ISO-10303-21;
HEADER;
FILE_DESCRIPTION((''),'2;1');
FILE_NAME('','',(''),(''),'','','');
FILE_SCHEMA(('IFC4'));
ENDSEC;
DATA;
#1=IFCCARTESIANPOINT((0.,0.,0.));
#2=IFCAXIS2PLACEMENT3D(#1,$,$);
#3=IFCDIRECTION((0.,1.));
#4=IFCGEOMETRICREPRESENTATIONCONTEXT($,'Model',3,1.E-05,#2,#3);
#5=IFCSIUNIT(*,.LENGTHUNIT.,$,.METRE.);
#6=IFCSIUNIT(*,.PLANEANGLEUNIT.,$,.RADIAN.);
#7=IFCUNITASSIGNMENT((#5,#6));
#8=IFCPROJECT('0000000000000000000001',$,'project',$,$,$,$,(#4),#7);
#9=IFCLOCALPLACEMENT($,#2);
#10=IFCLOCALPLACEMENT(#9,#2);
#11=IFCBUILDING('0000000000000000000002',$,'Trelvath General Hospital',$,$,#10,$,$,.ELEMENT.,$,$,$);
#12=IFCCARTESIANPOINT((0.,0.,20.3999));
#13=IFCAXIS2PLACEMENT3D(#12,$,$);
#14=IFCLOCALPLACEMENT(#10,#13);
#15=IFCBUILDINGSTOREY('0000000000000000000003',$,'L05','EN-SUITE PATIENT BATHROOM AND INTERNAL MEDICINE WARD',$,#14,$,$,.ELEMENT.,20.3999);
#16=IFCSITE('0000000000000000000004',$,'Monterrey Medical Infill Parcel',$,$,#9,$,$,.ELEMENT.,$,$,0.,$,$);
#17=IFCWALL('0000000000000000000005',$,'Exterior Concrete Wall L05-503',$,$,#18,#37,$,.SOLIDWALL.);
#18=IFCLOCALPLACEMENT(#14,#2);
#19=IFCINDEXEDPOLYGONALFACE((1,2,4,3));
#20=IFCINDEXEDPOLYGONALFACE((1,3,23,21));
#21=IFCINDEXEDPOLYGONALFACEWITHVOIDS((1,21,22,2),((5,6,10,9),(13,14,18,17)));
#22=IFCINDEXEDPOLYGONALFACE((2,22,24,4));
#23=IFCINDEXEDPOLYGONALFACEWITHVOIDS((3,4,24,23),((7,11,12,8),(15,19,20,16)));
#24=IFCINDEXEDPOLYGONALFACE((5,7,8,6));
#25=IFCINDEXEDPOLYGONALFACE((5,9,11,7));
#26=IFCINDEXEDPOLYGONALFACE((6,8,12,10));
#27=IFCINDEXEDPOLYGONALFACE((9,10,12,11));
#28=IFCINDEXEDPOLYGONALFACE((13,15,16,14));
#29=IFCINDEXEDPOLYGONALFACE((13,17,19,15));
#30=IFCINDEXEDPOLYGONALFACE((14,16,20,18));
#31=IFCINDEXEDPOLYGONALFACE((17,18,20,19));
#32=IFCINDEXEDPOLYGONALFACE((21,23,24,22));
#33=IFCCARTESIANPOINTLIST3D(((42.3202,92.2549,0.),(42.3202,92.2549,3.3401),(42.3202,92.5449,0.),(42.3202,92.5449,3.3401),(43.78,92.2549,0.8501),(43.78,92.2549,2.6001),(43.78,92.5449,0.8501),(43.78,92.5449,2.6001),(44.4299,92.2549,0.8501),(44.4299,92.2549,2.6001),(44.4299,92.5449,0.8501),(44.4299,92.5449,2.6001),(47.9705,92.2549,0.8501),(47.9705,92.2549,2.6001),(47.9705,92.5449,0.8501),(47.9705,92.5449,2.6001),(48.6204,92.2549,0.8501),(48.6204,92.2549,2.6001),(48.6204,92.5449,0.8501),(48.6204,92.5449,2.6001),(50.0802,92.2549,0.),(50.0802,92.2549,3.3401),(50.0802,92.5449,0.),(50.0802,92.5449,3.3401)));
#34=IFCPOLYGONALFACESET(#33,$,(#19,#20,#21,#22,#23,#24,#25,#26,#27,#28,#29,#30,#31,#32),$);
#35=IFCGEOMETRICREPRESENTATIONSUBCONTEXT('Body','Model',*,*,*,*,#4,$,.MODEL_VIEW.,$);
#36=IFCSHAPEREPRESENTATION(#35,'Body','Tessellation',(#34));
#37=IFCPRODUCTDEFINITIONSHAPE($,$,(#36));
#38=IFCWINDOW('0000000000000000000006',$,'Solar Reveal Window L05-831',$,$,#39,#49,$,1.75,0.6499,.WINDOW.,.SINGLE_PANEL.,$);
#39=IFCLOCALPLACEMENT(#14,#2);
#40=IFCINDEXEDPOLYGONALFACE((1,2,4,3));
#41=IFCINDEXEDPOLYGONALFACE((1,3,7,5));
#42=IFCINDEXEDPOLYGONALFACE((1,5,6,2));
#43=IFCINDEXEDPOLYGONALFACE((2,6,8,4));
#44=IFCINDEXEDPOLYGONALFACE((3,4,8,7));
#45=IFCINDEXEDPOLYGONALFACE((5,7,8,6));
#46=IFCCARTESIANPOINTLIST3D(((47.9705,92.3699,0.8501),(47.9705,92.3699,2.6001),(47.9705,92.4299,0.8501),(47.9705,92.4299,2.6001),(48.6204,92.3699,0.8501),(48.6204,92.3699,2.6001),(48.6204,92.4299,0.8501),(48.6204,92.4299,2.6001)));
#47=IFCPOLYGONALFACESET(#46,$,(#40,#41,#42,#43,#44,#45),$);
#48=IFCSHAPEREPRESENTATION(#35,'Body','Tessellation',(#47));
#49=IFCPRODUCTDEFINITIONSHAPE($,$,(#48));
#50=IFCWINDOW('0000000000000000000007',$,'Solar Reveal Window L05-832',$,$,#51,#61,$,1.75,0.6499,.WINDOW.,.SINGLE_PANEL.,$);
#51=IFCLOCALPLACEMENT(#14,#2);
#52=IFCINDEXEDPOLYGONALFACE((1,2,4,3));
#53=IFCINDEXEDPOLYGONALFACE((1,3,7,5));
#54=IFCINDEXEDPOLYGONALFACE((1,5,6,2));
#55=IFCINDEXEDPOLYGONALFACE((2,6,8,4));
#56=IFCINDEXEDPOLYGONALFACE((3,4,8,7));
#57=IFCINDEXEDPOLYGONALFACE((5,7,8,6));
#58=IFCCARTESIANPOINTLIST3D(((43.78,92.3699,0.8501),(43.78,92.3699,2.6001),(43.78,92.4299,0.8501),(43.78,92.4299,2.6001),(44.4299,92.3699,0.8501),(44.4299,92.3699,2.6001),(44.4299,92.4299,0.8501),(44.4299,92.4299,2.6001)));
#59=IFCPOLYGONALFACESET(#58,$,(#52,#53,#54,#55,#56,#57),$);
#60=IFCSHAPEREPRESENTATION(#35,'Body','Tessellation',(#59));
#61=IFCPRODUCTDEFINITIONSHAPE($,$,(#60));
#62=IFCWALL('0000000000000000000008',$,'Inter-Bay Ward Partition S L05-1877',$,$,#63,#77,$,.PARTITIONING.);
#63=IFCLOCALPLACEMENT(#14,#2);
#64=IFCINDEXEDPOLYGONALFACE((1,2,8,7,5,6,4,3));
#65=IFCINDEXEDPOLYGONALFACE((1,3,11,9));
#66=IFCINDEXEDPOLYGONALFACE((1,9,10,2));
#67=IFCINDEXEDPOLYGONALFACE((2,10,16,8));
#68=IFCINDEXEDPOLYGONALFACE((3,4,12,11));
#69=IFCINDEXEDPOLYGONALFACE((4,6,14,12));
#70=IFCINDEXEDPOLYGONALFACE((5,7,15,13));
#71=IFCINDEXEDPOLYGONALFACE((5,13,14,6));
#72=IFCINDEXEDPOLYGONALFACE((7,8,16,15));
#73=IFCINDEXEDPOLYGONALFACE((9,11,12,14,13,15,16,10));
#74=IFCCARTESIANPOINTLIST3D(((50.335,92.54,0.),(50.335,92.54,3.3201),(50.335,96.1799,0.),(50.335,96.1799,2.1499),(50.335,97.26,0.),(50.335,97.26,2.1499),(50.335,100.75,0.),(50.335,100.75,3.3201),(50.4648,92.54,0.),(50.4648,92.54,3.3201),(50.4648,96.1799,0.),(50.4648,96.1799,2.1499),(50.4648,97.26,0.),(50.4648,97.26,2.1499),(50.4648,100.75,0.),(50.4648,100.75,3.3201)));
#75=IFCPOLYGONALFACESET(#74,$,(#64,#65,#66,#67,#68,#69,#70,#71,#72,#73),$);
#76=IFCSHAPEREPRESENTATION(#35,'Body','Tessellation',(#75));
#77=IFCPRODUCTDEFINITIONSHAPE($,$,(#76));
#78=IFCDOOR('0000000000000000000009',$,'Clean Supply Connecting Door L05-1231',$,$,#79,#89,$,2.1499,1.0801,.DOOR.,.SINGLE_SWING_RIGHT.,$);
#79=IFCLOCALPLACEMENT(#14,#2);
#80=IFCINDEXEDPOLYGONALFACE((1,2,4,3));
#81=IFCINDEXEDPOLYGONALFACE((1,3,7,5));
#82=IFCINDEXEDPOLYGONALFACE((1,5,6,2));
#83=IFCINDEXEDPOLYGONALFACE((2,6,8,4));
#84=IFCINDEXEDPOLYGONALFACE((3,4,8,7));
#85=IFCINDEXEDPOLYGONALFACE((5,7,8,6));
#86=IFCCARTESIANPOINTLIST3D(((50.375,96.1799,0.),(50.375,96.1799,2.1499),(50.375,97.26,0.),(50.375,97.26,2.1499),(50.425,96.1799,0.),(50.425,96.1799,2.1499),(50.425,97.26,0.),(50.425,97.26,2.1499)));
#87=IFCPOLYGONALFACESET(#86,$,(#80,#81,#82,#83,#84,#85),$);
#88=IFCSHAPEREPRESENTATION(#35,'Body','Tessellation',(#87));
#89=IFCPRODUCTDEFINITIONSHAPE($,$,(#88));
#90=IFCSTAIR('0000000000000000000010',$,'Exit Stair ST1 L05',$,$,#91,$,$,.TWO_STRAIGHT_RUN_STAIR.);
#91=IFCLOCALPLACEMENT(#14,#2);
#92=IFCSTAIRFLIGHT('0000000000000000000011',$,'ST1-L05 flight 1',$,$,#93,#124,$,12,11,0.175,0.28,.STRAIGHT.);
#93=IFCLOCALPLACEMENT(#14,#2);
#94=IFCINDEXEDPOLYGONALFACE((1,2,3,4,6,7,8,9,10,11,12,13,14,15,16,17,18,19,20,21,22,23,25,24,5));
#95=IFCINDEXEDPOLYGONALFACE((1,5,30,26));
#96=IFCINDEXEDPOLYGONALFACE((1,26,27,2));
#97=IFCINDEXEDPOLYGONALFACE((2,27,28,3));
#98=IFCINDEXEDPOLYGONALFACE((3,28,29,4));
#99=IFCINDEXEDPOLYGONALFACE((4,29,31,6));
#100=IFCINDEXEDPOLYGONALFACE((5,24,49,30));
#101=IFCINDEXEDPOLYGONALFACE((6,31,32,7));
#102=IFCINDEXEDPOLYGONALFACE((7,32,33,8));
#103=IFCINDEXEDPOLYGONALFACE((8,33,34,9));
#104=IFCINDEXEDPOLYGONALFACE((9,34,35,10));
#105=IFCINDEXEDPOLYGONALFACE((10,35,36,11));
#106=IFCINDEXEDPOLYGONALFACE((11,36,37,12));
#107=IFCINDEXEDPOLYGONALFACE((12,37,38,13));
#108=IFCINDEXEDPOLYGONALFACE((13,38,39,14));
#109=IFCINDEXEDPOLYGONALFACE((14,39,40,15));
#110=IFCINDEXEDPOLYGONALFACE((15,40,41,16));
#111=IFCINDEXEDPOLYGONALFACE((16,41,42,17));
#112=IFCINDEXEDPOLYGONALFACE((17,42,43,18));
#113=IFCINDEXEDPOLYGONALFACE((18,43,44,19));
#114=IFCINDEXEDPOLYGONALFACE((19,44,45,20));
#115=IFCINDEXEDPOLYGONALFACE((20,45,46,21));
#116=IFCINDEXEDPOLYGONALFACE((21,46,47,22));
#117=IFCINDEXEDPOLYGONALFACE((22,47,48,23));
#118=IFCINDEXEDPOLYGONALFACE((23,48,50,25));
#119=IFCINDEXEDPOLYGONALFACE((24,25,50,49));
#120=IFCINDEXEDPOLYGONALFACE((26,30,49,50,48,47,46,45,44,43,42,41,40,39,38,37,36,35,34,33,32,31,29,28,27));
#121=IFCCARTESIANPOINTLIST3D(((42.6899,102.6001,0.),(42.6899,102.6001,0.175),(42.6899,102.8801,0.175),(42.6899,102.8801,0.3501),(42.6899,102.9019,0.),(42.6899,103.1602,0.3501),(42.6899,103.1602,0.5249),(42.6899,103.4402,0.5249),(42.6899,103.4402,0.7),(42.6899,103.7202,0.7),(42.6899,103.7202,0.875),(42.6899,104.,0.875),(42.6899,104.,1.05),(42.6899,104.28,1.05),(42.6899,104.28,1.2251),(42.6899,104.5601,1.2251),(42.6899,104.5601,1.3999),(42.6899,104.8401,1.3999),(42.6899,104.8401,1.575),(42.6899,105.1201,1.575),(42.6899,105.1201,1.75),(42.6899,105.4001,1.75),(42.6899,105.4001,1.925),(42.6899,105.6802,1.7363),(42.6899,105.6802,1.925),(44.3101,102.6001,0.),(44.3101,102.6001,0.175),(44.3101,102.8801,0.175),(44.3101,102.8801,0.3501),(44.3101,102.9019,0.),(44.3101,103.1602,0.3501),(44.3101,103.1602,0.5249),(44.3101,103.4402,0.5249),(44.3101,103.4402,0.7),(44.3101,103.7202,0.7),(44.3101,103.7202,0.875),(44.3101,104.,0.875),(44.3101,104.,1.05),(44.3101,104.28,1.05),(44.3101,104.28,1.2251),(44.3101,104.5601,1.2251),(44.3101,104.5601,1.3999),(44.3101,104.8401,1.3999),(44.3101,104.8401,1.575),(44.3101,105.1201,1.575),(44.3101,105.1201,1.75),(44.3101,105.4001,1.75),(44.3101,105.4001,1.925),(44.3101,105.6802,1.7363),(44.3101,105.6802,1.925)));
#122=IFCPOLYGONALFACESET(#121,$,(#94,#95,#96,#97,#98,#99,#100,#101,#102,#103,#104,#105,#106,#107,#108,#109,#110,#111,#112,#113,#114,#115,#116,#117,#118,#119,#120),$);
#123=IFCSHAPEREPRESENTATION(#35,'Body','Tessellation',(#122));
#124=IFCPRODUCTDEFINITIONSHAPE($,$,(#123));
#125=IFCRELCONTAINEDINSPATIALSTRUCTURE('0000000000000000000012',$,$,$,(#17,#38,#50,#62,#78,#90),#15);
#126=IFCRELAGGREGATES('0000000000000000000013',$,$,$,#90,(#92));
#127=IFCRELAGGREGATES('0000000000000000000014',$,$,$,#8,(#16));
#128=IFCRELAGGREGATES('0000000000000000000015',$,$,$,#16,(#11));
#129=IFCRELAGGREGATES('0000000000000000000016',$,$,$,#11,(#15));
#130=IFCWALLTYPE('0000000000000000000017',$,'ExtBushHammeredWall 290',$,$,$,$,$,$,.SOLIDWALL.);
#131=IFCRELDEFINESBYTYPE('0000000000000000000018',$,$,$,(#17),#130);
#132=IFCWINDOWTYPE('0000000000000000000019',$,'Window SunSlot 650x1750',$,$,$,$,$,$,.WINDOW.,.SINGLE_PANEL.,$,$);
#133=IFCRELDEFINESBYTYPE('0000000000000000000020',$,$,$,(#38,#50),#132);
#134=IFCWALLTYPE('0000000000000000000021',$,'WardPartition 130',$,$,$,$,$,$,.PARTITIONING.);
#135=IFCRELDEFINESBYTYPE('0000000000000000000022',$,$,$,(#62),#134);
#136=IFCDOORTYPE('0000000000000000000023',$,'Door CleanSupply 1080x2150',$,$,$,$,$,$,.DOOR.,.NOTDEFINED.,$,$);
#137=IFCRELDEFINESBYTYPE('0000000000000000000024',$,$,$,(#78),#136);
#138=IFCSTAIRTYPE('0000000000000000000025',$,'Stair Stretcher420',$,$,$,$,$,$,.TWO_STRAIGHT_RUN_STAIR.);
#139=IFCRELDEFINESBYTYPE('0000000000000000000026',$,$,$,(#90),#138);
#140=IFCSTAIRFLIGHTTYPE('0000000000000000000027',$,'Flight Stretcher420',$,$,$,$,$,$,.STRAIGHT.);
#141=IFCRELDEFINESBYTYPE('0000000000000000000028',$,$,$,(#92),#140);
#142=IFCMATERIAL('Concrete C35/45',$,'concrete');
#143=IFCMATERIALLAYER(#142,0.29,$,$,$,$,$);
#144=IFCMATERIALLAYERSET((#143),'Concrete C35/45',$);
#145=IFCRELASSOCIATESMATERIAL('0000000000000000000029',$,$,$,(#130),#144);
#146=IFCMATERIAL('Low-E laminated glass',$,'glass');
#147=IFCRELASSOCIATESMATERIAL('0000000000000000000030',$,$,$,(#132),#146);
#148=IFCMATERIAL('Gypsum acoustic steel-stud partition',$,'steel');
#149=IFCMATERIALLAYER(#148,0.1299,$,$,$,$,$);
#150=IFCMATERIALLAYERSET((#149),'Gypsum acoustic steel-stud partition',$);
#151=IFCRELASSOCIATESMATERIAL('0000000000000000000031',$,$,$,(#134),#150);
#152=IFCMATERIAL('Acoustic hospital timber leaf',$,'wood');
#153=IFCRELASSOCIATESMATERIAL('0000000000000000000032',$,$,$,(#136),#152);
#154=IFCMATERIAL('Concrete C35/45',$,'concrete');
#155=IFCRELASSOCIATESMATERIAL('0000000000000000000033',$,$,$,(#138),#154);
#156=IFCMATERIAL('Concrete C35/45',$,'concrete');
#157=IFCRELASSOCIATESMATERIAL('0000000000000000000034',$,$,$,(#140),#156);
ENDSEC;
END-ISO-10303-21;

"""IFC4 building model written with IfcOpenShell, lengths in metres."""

from ifc_helpers import new_model, si_unit, direction, frame, frame_2d, origin, place, context, subcontext, project, spatial, polyline, rectangle, outline, extrude, material, layer, layer_set, type_object, element, fill, aggregate, save


model = new_model("IFC4")

# Units and contexts
model_context = context("Model", 3, precision=1e-05, world=origin(), true_north=direction((0.0, 1.0)))
body_context = subcontext(model_context, "Body", "Model", "MODEL_VIEW")
ifc_project = project(units=[si_unit("LENGTHUNIT", "METRE"), si_unit("PLANEANGLEUNIT", "RADIAN")], contexts=[model_context])

# Site, building, storey
site_placement = place(None, origin())
site = spatial("IfcSite", under=ifc_project, at=site_placement, Name="Monterrey Medical Infill Parcel", CompositionType="ELEMENT", RefElevation=0.0)
building_placement = place(site_placement, origin())
building = spatial("IfcBuilding", under=site, at=building_placement, Name="Trelvath General Hospital", CompositionType="ELEMENT")
storey_placement = place(building_placement, frame((0.0, 0.0, 20.3999)))
storey = spatial("IfcBuildingStorey", under=building, at=storey_placement, Name="L05", Description="EN-SUITE PATIENT BATHROOM AND INTERNAL MEDICINE WARD", CompositionType="ELEMENT", Elevation=20.3999)

# Wall, openings, windows
ifc_material_1 = material(Name="Concrete C35/45", Category="concrete")
ifc_layer_1 = layer(ifc_material_1, 0.29)
ifc_layer_set_1 = layer_set([ifc_layer_1], Name="Concrete C35/45")
wall_type_1 = type_object("IfcWallType", Name="ExtBushHammeredWall 290", PredefinedType="SOLIDWALL", material=ifc_layer_set_1)
wall_1_placement = place(storey_placement, frame((50.0801, 92.3999, 0.0), z_axis=(0.0, 0.0, 1.0), x_axis=(-1.0, 0.0, 0.0)))
wall_1 = element("IfcWall", 1, at=wall_1_placement, inside=storey, type_object=wall_type_1, Name="Exterior Concrete Wall L05-503", PredefinedType="SOLIDWALL", context=body_context, shape_type="SweptSolid", body=[
    extrude(rectangle(XDim=7.76, YDim=0.29, at=frame_2d((3.8799, 0.0))), origin(), (0.0, 0.0, 1.0), 3.3401),
])
opening_1_placement = place(wall_1_placement, frame((1.4597, 0.0, 0.8501)))
opening_1 = element("IfcOpeningElement", 2, at=opening_1_placement, cuts=wall_1, PredefinedType="OPENING", context=body_context, shape_type="SweptSolid", body=[
    extrude(rectangle(XDim=0.6499, YDim=1.75, at=frame_2d((0.325, 0.875))), frame((0.0, 0.155, 0.0), z_axis=(0.0, -1.0, 0.0), x_axis=(1.0, 0.0, 0.0)), (0.0, 0.0, 1.0), 0.3101),
])
opening_2_placement = place(wall_1_placement, frame((5.6501, 0.0, 0.8501)))
opening_2 = element("IfcOpeningElement", 3, at=opening_2_placement, cuts=wall_1, PredefinedType="OPENING", context=body_context, shape_type="SweptSolid", body=[
    extrude(rectangle(XDim=0.6499, YDim=1.75, at=frame_2d((0.325, 0.875))), frame((0.0, 0.155, 0.0), z_axis=(0.0, -1.0, 0.0), x_axis=(1.0, 0.0, 0.0)), (0.0, 0.0, 1.0), 0.3101),
])
ifc_material_2 = material(Name="Low-E laminated glass", Category="glass")
window_type = type_object("IfcWindowType", Name="Window SunSlot 650x1750", PartitioningType="SINGLE_PANEL", PredefinedType="WINDOW", material=ifc_material_2)
window_1_placement = place(opening_1_placement, origin())
window_1 = element("IfcWindow", 4, at=window_1_placement, inside=storey, type_object=window_type, Name="Solar Reveal Window L05-831", OverallHeight=1.75, OverallWidth=0.6499, PartitioningType="SINGLE_PANEL", PredefinedType="WINDOW", context=body_context, shape_type="SweptSolid", body=[
    extrude(rectangle(XDim=0.6499, YDim=1.75, at=frame_2d((0.325, 0.875))), frame((0.0, 0.03, 0.0), z_axis=(0.0, -1.0, 0.0), x_axis=(1.0, 0.0, 0.0)), (0.0, 0.0, 1.0), 0.0601),
])
fill(opening_1, window_1)
window_2_placement = place(opening_2_placement, origin())
window_2 = element("IfcWindow", 5, at=window_2_placement, inside=storey, type_object=window_type, Name="Solar Reveal Window L05-832", OverallHeight=1.75, OverallWidth=0.6499, PartitioningType="SINGLE_PANEL", PredefinedType="WINDOW", context=body_context, shape_type="SweptSolid", body=[
    extrude(rectangle(XDim=0.6499, YDim=1.75, at=frame_2d((0.325, 0.875))), frame((0.0, 0.03, 0.0), z_axis=(0.0, -1.0, 0.0), x_axis=(1.0, 0.0, 0.0)), (0.0, 0.0, 1.0), 0.0601),
])
fill(opening_2, window_2)

# Wall, opening, door
ifc_material_3 = material(Name="Gypsum acoustic steel-stud partition", Category="steel")
ifc_layer_2 = layer(ifc_material_3, 0.1299)
ifc_layer_set_2 = layer_set([ifc_layer_2], Name="Gypsum acoustic steel-stud partition")
wall_type_2 = type_object("IfcWallType", Name="WardPartition 130", PredefinedType="PARTITIONING", material=ifc_layer_set_2)
wall_2_placement = place(storey_placement, frame((50.3999, 92.54, 0.0), z_axis=(0.0, 0.0, 1.0), x_axis=(0.0, 1.0, 0.0)))
wall_2 = element("IfcWall", 6, at=wall_2_placement, inside=storey, type_object=wall_type_2, Name="Inter-Bay Ward Partition S L05-1877", PredefinedType="PARTITIONING", context=body_context, shape_type="SweptSolid", body=[
    extrude(rectangle(XDim=8.21, YDim=0.1299, at=frame_2d((4.105, 0.0))), origin(), (0.0, 0.0, 1.0), 3.3201),
])
opening_3_placement = place(wall_2_placement, frame((3.6399, 0.0, 0.0)))
opening_3 = element("IfcOpeningElement", 7, at=opening_3_placement, cuts=wall_2, PredefinedType="OPENING", context=body_context, shape_type="SweptSolid", body=[
    extrude(rectangle(XDim=1.0801, YDim=2.1499, at=frame_2d((0.54, 1.075))), frame((0.0, 0.075, 0.0), z_axis=(0.0, -1.0, 0.0), x_axis=(1.0, 0.0, 0.0)), (0.0, 0.0, 1.0), 0.1499),
])
ifc_material_4 = material(Name="Acoustic hospital timber leaf", Category="wood")
door_type_1 = type_object("IfcDoorType", Name="Door CleanSupply 1080x2150", OperationType="NOTDEFINED", PredefinedType="DOOR", material=ifc_material_4)
door_1_placement = place(opening_3_placement, origin())
door_1 = element("IfcDoor", 8, at=door_1_placement, inside=storey, type_object=door_type_1, Name="Clean Supply Connecting Door L05-1231", OperationType="SINGLE_SWING_RIGHT", OverallHeight=2.1499, OverallWidth=1.0801, PredefinedType="DOOR", context=body_context, shape_type="SweptSolid", body=[
    extrude(rectangle(XDim=1.0801, YDim=2.1499, at=frame_2d((0.54, 1.075))), frame((0.0, 0.0249, 0.0), z_axis=(0.0, -1.0, 0.0), x_axis=(1.0, 0.0, 0.0)), (0.0, 0.0, 1.0), 0.05),
])
fill(opening_3, door_1)

# Stair, stair flight
ifc_material_5 = material(Name="Concrete C35/45", Category="concrete")
stair_type = type_object("IfcStairType", Name="Stair Stretcher420", PredefinedType="TWO_STRAIGHT_RUN_STAIR", material=ifc_material_5)
stair_placement = place(storey_placement, origin())
stair = element("IfcStair", 9, at=stair_placement, inside=storey, type_object=stair_type, Name="Exit Stair ST1 L05", PredefinedType="TWO_STRAIGHT_RUN_STAIR")
ifc_material_6 = material(Name="Concrete C35/45", Category="concrete")
stair_flight_type = type_object("IfcStairFlightType", Name="Flight Stretcher420", PredefinedType="STRAIGHT", material=ifc_material_6)
stair_flight_placement = place(storey_placement, frame((43.5, 102.6001, 0.0), z_axis=(0.0, 0.0, 1.0), x_axis=(0.0, 1.0, 0.0)))
stair_flight = element("IfcStairFlight", 10, at=stair_flight_placement, type_object=stair_flight_type, Name="ST1-L05 flight 1", NumberOfRisers=12, NumberOfTreads=11, PredefinedType="STRAIGHT", RiserHeight=0.175, TreadLength=0.28, context=body_context, shape_type="SweptSolid", body=[
    extrude(outline(polyline([(0.0, 0.0), (0.0, 0.175), (0.28, 0.175), (0.28, 0.3501), (0.5601, 0.3501), (0.5601, 0.5249), (0.8401, 0.5249), (0.8401, 0.7), (1.1201, 0.7), (1.1201, 0.875), (1.3999, 0.875), (1.3999, 1.05), (1.6799, 1.05), (1.6799, 1.2251), (1.96, 1.2251), (1.96, 1.3999), (2.24, 1.3999), (2.24, 1.575), (2.52, 1.575), (2.52, 1.75), (2.8, 1.75), (2.8, 1.925), (3.0801, 1.925), (3.0801, 2.1001), (3.0801, 1.7363), (0.3018, 0.0), (0.0, 0.0)])), frame((0.0, 0.8101, 0.0), z_axis=(0.0, -1.0, 0.0), x_axis=(1.0, 0.0, 0.0)), (0.0, 0.0, 1.0), 1.6201),
])
aggregate(stair, [stair_flight])

save(model, "model.ifc")
